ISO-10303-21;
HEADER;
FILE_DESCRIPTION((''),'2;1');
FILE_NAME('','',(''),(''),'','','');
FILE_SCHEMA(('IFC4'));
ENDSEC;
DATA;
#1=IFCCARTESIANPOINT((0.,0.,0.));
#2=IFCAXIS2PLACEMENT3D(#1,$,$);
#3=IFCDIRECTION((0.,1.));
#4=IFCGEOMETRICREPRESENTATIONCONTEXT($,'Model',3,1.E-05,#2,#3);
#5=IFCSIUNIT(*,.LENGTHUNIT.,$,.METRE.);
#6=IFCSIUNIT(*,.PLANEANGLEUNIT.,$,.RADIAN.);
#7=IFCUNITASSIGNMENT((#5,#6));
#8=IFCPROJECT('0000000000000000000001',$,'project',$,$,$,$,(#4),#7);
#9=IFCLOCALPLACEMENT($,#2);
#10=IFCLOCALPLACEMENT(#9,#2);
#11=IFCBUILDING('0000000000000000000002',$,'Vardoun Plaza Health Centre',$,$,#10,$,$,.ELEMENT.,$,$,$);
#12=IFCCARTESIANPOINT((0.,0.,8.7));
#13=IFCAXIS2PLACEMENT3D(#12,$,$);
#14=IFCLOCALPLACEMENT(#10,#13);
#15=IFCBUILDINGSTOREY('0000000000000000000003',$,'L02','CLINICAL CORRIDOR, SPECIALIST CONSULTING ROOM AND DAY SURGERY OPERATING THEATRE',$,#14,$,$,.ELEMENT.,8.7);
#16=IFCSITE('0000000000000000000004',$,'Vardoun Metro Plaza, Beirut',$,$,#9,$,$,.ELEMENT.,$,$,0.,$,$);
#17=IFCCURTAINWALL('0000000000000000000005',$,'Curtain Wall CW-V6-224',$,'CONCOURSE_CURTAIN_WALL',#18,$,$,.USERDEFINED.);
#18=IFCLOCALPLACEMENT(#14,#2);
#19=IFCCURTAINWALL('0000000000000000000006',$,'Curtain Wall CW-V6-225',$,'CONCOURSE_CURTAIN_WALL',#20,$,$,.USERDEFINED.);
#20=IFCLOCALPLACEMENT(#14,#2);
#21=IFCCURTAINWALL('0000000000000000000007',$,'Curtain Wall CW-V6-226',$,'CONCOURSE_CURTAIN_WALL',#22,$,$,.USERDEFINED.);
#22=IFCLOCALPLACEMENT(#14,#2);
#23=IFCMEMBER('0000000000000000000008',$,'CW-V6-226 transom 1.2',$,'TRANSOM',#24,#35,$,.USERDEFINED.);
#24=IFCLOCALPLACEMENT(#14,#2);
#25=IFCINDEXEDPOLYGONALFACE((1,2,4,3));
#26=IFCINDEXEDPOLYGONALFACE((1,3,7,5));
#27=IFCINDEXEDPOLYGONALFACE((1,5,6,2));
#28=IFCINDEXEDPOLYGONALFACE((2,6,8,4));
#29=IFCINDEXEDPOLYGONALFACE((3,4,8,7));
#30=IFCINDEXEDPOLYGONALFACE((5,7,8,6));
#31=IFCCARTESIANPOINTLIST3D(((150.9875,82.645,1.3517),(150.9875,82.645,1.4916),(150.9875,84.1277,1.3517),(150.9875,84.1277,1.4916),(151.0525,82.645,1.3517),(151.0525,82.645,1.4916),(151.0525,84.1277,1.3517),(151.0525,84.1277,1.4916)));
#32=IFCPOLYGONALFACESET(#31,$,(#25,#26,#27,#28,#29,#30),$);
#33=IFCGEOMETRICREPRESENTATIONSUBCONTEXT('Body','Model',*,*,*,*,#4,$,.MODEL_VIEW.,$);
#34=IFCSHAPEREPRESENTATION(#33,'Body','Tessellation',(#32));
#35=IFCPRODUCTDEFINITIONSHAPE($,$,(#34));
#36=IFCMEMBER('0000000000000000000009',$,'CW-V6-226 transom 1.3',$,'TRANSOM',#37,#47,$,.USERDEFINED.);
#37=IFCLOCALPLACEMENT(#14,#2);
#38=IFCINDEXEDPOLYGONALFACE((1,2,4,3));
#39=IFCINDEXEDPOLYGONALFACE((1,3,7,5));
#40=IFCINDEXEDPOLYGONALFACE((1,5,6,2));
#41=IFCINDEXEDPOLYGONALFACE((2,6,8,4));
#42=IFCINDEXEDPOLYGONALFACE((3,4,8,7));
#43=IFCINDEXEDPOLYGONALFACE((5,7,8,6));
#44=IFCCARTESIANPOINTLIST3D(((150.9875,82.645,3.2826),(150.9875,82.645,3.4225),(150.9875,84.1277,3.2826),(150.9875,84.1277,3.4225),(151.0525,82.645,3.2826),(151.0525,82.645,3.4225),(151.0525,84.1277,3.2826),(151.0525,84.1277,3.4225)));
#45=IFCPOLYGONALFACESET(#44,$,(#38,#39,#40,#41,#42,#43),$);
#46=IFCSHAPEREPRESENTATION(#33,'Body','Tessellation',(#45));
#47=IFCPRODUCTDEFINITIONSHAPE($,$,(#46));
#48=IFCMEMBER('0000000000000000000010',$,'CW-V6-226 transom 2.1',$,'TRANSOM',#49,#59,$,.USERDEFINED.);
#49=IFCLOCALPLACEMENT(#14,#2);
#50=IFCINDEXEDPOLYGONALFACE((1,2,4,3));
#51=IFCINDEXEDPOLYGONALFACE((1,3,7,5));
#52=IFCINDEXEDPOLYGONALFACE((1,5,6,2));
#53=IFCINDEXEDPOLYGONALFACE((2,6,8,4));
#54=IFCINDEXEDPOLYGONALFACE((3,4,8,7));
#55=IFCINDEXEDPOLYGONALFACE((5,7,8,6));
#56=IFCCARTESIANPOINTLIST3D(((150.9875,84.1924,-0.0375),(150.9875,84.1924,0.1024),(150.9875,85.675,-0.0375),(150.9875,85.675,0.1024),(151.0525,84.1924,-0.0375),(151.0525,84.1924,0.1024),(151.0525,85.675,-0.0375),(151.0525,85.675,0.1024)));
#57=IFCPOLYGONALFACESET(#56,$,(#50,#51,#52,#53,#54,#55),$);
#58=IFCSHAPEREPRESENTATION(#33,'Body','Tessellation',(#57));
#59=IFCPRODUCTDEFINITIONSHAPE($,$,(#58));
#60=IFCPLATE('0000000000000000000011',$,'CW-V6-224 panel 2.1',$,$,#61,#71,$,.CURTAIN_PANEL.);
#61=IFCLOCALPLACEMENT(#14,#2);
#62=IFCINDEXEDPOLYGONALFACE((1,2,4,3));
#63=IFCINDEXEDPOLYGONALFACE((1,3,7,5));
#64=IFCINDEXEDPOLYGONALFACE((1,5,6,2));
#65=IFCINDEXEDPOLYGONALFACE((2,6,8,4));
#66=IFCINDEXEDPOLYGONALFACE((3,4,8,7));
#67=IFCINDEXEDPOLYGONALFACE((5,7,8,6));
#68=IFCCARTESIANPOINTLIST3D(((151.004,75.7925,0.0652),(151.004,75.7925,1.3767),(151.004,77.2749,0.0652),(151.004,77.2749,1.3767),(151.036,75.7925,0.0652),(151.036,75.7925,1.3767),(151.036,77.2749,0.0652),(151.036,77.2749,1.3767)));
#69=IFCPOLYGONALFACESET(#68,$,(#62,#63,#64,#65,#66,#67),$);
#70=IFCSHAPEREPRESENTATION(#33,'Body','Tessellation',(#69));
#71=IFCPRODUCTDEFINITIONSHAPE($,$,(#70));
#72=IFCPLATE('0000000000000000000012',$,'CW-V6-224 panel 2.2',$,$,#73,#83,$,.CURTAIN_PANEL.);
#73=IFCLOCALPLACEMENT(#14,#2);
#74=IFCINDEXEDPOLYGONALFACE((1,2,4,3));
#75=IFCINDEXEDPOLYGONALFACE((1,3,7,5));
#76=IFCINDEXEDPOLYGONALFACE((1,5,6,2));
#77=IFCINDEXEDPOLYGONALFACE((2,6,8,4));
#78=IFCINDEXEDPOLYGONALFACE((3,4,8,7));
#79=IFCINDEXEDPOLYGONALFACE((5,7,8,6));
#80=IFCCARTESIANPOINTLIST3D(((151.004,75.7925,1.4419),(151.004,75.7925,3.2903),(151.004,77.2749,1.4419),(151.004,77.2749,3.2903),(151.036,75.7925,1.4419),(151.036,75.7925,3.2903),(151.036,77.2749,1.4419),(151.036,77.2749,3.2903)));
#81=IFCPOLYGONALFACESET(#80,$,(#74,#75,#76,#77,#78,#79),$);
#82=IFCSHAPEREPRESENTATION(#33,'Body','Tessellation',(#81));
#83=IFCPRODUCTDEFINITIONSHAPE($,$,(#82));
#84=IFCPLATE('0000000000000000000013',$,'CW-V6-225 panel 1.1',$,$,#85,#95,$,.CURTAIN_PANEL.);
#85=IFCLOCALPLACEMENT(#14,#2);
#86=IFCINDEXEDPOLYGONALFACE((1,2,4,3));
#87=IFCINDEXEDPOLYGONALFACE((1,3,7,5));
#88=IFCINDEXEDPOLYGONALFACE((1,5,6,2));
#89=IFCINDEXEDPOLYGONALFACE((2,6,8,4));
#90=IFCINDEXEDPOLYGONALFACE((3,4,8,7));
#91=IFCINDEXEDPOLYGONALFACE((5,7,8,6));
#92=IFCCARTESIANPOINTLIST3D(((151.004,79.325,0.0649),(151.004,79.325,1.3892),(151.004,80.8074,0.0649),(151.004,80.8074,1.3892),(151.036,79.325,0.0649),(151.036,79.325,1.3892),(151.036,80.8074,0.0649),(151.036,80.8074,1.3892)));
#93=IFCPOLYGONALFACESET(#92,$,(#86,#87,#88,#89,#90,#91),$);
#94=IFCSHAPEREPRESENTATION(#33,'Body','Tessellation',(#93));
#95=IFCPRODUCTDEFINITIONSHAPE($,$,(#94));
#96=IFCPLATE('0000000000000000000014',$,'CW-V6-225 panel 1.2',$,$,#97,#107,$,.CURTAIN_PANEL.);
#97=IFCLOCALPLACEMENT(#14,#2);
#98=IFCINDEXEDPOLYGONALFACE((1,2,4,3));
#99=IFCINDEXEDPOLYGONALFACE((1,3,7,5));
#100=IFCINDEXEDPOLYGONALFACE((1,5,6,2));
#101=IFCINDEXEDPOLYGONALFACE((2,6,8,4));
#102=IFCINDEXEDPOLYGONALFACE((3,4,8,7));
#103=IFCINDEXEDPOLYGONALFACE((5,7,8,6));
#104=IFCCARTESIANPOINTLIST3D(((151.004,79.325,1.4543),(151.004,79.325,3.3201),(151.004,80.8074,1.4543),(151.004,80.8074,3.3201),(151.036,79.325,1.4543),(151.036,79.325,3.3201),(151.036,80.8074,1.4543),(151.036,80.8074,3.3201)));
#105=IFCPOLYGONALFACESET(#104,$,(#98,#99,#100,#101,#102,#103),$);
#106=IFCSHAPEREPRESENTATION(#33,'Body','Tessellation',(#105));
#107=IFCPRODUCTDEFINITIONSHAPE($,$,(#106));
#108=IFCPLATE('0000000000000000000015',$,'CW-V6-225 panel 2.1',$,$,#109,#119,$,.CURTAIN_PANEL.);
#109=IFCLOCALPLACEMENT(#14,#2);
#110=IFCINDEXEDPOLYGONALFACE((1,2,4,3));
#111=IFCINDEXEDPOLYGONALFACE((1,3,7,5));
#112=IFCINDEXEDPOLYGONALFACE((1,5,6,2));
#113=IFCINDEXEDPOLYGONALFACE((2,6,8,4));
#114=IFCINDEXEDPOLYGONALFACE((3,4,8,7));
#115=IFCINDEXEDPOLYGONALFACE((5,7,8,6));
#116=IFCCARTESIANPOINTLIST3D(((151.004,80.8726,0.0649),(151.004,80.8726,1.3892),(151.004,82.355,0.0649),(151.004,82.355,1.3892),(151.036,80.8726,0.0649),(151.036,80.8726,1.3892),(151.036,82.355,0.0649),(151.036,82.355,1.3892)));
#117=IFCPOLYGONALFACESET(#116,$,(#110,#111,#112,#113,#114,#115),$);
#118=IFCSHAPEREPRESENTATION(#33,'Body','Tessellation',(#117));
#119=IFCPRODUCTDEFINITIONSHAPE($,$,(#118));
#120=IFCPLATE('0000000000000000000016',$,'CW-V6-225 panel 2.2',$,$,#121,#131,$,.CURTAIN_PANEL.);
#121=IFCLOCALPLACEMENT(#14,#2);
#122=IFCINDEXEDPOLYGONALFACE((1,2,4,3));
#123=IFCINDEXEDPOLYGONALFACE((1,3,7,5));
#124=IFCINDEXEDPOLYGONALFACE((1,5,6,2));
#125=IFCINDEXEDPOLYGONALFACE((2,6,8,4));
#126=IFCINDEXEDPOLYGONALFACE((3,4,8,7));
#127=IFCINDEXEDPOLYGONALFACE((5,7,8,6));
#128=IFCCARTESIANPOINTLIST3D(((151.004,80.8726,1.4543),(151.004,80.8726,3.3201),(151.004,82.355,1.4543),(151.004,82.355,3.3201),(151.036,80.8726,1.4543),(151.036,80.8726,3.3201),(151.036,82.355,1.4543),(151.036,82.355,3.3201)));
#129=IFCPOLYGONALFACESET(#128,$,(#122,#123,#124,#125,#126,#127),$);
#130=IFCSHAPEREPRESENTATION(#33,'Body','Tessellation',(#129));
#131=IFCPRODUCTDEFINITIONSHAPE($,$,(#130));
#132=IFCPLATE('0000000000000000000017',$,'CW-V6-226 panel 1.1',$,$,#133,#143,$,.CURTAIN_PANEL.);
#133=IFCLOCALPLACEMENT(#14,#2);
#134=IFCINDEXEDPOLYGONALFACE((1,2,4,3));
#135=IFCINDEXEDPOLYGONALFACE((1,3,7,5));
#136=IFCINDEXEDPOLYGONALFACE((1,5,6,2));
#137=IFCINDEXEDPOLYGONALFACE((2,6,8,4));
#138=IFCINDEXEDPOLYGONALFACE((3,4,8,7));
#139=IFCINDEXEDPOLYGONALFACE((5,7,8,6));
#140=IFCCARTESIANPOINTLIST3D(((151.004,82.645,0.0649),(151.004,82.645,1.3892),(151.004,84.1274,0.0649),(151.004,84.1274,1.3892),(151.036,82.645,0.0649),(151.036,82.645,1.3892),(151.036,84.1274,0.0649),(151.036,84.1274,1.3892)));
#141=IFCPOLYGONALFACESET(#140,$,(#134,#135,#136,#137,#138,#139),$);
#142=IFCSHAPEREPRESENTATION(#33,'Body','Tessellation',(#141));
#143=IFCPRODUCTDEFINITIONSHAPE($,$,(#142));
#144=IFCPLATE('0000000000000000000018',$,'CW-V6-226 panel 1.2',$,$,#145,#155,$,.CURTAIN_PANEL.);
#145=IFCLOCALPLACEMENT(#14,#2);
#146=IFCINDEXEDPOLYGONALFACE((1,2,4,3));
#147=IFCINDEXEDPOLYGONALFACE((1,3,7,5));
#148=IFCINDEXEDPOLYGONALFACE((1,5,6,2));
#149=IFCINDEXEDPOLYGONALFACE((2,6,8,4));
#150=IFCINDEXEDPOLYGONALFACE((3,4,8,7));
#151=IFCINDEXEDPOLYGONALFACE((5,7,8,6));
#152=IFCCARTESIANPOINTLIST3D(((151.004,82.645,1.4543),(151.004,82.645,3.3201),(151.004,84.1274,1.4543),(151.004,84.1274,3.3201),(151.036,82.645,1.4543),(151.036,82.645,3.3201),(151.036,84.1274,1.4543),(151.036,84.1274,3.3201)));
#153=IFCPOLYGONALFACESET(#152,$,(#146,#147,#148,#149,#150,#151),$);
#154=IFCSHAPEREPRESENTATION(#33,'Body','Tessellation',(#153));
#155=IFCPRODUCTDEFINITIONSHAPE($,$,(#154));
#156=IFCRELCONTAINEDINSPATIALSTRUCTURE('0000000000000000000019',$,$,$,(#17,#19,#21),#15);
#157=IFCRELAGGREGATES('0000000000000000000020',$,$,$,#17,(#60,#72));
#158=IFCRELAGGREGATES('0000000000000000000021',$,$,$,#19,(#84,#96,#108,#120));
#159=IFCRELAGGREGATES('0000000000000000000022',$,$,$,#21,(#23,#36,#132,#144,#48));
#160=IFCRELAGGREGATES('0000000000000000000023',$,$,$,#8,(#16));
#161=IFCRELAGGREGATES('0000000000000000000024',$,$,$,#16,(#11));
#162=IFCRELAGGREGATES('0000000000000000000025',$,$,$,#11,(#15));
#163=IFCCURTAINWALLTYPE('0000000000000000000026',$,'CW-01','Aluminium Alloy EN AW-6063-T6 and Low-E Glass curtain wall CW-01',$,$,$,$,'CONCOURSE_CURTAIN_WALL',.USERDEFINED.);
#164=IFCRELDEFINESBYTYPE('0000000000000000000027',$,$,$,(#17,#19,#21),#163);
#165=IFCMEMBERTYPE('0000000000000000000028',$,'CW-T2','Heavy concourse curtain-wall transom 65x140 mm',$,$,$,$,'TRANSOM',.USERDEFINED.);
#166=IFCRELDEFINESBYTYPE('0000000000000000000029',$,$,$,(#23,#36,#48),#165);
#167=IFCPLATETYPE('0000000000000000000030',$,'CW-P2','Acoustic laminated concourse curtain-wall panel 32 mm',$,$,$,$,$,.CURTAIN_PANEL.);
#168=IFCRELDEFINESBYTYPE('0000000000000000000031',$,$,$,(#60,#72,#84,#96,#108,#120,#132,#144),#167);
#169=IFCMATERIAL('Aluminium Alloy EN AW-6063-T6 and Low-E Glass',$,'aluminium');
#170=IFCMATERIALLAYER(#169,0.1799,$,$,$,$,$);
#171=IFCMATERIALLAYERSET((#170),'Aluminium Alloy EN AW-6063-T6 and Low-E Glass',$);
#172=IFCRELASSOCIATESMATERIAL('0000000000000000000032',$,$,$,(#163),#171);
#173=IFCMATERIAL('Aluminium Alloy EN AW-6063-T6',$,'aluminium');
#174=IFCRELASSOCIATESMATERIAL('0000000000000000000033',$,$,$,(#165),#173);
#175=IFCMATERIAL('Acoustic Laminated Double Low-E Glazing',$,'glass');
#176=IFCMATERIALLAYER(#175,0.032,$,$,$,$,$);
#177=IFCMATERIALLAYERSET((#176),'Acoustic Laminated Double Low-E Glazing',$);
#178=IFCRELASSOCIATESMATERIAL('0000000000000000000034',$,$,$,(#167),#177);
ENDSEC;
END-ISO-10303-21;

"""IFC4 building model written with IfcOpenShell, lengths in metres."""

from ifc_helpers import new_model, si_unit, direction, frame, origin, origin_2d, place, context, subcontext, project, spatial, rectangle, extrude, material, layer, layer_set, material_profile, profile_set, type_object, element, aggregate, save


model = new_model("IFC4")

# Units and contexts
model_context = context("Model", 3, precision=1e-05, world=origin(), true_north=direction((0.0, 1.0)))
body_context = subcontext(model_context, "Body", "Model", "MODEL_VIEW")
ifc_project = project(units=[si_unit("LENGTHUNIT", "METRE"), si_unit("PLANEANGLEUNIT", "RADIAN")], contexts=[model_context])

# Site, building, storey
site_placement = place(None, origin())
site = spatial("IfcSite", under=ifc_project, at=site_placement, Name="Vardoun Metro Plaza, Beirut", CompositionType="ELEMENT", RefElevation=0.0)
building_placement = place(site_placement, origin())
building = spatial("IfcBuilding", under=site, at=building_placement, Name="Vardoun Plaza Health Centre", CompositionType="ELEMENT")
storey_placement = place(building_placement, frame((0.0, 0.0, 8.7)))
storey = spatial("IfcBuildingStorey", under=building, at=storey_placement, Name="L02", Description="CLINICAL CORRIDOR, SPECIALIST CONSULTING ROOM AND DAY SURGERY OPERATING THEATRE", CompositionType="ELEMENT", Elevation=8.7)

# Curtain wall
ifc_material_1 = material(Name="Aluminium Alloy EN AW-6063-T6 and Low-E Glass", Category="aluminium")
ifc_layer_1 = layer(ifc_material_1, 0.1799)
ifc_layer_set_1 = layer_set([ifc_layer_1], Name="Aluminium Alloy EN AW-6063-T6 and Low-E Glass")
curtain_wall_type = type_object("IfcCurtainWallType", Name="CW-01", Description="Aluminium Alloy EN AW-6063-T6 and Low-E Glass curtain wall CW-01", ElementType="CONCOURSE_CURTAIN_WALL", PredefinedType="USERDEFINED", material=ifc_layer_set_1)
curtain_wall_1_placement = place(storey_placement, origin())
curtain_wall_1 = element("IfcCurtainWall", 1, at=curtain_wall_1_placement, inside=storey, type_object=curtain_wall_type, Name="Curtain Wall CW-V6-224", ObjectType="CONCOURSE_CURTAIN_WALL", PredefinedType="USERDEFINED")

# Curtain walls
curtain_wall_2_placement = place(storey_placement, origin())
curtain_wall_2 = element("IfcCurtainWall", 2, at=curtain_wall_2_placement, inside=storey, type_object=curtain_wall_type, Name="Curtain Wall CW-V6-225", ObjectType="CONCOURSE_CURTAIN_WALL", PredefinedType="USERDEFINED")
curtain_wall_3_placement = place(storey_placement, origin())
curtain_wall_3 = element("IfcCurtainWall", 3, at=curtain_wall_3_placement, inside=storey, type_object=curtain_wall_type, Name="Curtain Wall CW-V6-226", ObjectType="CONCOURSE_CURTAIN_WALL", PredefinedType="USERDEFINED")

# Members
ifc_material_2 = material(Name="Aluminium Alloy EN AW-6063-T6", Category="aluminium")
ifc_material_profile_1 = material_profile(ifc_material_2, rectangle(XDim=0.0649, YDim=0.1399, at=origin_2d()), Name="CWT 65x140")
ifc_profile_set_1 = profile_set([ifc_material_profile_1], Name="Aluminium Alloy EN AW-6063-T6")
member_type_1 = type_object("IfcMemberType", Name="CW-T2", Description="Heavy concourse curtain-wall transom 65x140 mm", ElementType="TRANSOM", PredefinedType="USERDEFINED", material=ifc_profile_set_1)
member_1_placement = place(storey_placement, frame((151.02, 82.645, 1.4216), z_axis=(0.0, 1.0, 0.0), x_axis=(-1.0, 0.0, 0.0)))
member_1 = element("IfcMember", 4, at=member_1_placement, type_object=member_type_1, Name="CW-V6-226 transom 1.2", ObjectType="TRANSOM", PredefinedType="USERDEFINED", context=body_context, shape_type="SweptSolid", body=[
    extrude(rectangle(XDim=0.0649, YDim=0.1399, at=origin_2d()), origin(), (0.0, 0.0, 1.0), 1.4827),
])
member_2_placement = place(storey_placement, frame((151.02, 82.645, 3.3525), z_axis=(0.0, 1.0, 0.0), x_axis=(-1.0, 0.0, 0.0)))
member_2 = element("IfcMember", 5, at=member_2_placement, type_object=member_type_1, Name="CW-V6-226 transom 1.3", ObjectType="TRANSOM", PredefinedType="USERDEFINED", context=body_context, shape_type="SweptSolid", body=[
    extrude(rectangle(XDim=0.0649, YDim=0.1399, at=origin_2d()), origin(), (0.0, 0.0, 1.0), 1.4827),
])
member_3_placement = place(storey_placement, frame((151.02, 84.1924, 0.0325), z_axis=(0.0, 1.0, 0.0), x_axis=(-1.0, 0.0, 0.0)))
member_3 = element("IfcMember", 6, at=member_3_placement, type_object=member_type_1, Name="CW-V6-226 transom 2.1", ObjectType="TRANSOM", PredefinedType="USERDEFINED", context=body_context, shape_type="SweptSolid", body=[
    extrude(rectangle(XDim=0.0649, YDim=0.1399, at=origin_2d()), origin(), (0.0, 0.0, 1.0), 1.4827),
])

# Plates
ifc_material_3 = material(Name="Acoustic Laminated Double Low-E Glazing", Category="glass")
ifc_layer_2 = layer(ifc_material_3, 0.032)
ifc_layer_set_2 = layer_set([ifc_layer_2], Name="Acoustic Laminated Double Low-E Glazing")
plate_type = type_object("IfcPlateType", Name="CW-P2", Description="Acoustic laminated concourse curtain-wall panel 32 mm", PredefinedType="CURTAIN_PANEL", material=ifc_layer_set_2)
plate_1_placement = place(storey_placement, frame((151.02, 76.5337, 0.0652), z_axis=(0.0, 0.0, 1.0), x_axis=(0.0, 1.0, 0.0)))
plate_1 = element("IfcPlate", 7, at=plate_1_placement, type_object=plate_type, Name="CW-V6-224 panel 2.1", PredefinedType="CURTAIN_PANEL", context=body_context, shape_type="SweptSolid", body=[
    extrude(rectangle(XDim=1.4824, YDim=0.032, at=origin_2d()), origin(), (0.0, 0.0, 1.0), 1.3115),
])
plate_2_placement = place(storey_placement, frame((151.02, 76.5337, 1.4419), z_axis=(0.0, 0.0, 1.0), x_axis=(0.0, 1.0, 0.0)))
plate_2 = element("IfcPlate", 8, at=plate_2_placement, type_object=plate_type, Name="CW-V6-224 panel 2.2", PredefinedType="CURTAIN_PANEL", context=body_context, shape_type="SweptSolid", body=[
    extrude(rectangle(XDim=1.4824, YDim=0.032, at=origin_2d()), origin(), (0.0, 0.0, 1.0), 1.8484),
])
aggregate(curtain_wall_1, [plate_1, plate_2])
plate_3_placement = place(storey_placement, frame((151.02, 80.0662, 0.0649), z_axis=(0.0, 0.0, 1.0), x_axis=(0.0, 1.0, 0.0)))
plate_3 = element("IfcPlate", 9, at=plate_3_placement, type_object=plate_type, Name="CW-V6-225 panel 1.1", PredefinedType="CURTAIN_PANEL", context=body_context, shape_type="SweptSolid", body=[
    extrude(rectangle(XDim=1.4824, YDim=0.032, at=origin_2d()), origin(), (0.0, 0.0, 1.0), 1.3242),
])
plate_4_placement = place(storey_placement, frame((151.02, 80.0662, 1.4543), z_axis=(0.0, 0.0, 1.0), x_axis=(0.0, 1.0, 0.0)))
plate_4 = element("IfcPlate", 10, at=plate_4_placement, type_object=plate_type, Name="CW-V6-225 panel 1.2", PredefinedType="CURTAIN_PANEL", context=body_context, shape_type="SweptSolid", body=[
    extrude(rectangle(XDim=1.4824, YDim=0.032, at=origin_2d()), origin(), (0.0, 0.0, 1.0), 1.8657),
])
plate_5_placement = place(storey_placement, frame((151.02, 81.6138, 0.0649), z_axis=(0.0, 0.0, 1.0), x_axis=(0.0, 1.0, 0.0)))
plate_5 = element("IfcPlate", 11, at=plate_5_placement, type_object=plate_type, Name="CW-V6-225 panel 2.1", PredefinedType="CURTAIN_PANEL", context=body_context, shape_type="SweptSolid", body=[
    extrude(rectangle(XDim=1.4824, YDim=0.032, at=origin_2d()), origin(), (0.0, 0.0, 1.0), 1.3242),
])
plate_6_placement = place(storey_placement, frame((151.02, 81.6138, 1.4543), z_axis=(0.0, 0.0, 1.0), x_axis=(0.0, 1.0, 0.0)))
plate_6 = element("IfcPlate", 12, at=plate_6_placement, type_object=plate_type, Name="CW-V6-225 panel 2.2", PredefinedType="CURTAIN_PANEL", context=body_context, shape_type="SweptSolid", body=[
    extrude(rectangle(XDim=1.4824, YDim=0.032, at=origin_2d()), origin(), (0.0, 0.0, 1.0), 1.8657),
])
aggregate(curtain_wall_2, [plate_3, plate_4, plate_5, plate_6])
plate_7_placement = place(storey_placement, frame((151.02, 83.3862, 0.0649), z_axis=(0.0, 0.0, 1.0), x_axis=(0.0, 1.0, 0.0)))
plate_7 = element("IfcPlate", 13, at=plate_7_placement, type_object=plate_type, Name="CW-V6-226 panel 1.1", PredefinedType="CURTAIN_PANEL", context=body_context, shape_type="SweptSolid", body=[
    extrude(rectangle(XDim=1.4824, YDim=0.032, at=origin_2d()), origin(), (0.0, 0.0, 1.0), 1.3242),
])
plate_8_placement = place(storey_placement, frame((151.02, 83.3862, 1.4543), z_axis=(0.0, 0.0, 1.0), x_axis=(0.0, 1.0, 0.0)))
plate_8 = element("IfcPlate", 14, at=plate_8_placement, type_object=plate_type, Name="CW-V6-226 panel 1.2", PredefinedType="CURTAIN_PANEL", context=body_context, shape_type="SweptSolid", body=[
    extrude(rectangle(XDim=1.4824, YDim=0.032, at=origin_2d()), origin(), (0.0, 0.0, 1.0), 1.8657),
])
aggregate(curtain_wall_3, [member_1, member_2, plate_7, plate_8, member_3])

save(model, "model.ifc")
